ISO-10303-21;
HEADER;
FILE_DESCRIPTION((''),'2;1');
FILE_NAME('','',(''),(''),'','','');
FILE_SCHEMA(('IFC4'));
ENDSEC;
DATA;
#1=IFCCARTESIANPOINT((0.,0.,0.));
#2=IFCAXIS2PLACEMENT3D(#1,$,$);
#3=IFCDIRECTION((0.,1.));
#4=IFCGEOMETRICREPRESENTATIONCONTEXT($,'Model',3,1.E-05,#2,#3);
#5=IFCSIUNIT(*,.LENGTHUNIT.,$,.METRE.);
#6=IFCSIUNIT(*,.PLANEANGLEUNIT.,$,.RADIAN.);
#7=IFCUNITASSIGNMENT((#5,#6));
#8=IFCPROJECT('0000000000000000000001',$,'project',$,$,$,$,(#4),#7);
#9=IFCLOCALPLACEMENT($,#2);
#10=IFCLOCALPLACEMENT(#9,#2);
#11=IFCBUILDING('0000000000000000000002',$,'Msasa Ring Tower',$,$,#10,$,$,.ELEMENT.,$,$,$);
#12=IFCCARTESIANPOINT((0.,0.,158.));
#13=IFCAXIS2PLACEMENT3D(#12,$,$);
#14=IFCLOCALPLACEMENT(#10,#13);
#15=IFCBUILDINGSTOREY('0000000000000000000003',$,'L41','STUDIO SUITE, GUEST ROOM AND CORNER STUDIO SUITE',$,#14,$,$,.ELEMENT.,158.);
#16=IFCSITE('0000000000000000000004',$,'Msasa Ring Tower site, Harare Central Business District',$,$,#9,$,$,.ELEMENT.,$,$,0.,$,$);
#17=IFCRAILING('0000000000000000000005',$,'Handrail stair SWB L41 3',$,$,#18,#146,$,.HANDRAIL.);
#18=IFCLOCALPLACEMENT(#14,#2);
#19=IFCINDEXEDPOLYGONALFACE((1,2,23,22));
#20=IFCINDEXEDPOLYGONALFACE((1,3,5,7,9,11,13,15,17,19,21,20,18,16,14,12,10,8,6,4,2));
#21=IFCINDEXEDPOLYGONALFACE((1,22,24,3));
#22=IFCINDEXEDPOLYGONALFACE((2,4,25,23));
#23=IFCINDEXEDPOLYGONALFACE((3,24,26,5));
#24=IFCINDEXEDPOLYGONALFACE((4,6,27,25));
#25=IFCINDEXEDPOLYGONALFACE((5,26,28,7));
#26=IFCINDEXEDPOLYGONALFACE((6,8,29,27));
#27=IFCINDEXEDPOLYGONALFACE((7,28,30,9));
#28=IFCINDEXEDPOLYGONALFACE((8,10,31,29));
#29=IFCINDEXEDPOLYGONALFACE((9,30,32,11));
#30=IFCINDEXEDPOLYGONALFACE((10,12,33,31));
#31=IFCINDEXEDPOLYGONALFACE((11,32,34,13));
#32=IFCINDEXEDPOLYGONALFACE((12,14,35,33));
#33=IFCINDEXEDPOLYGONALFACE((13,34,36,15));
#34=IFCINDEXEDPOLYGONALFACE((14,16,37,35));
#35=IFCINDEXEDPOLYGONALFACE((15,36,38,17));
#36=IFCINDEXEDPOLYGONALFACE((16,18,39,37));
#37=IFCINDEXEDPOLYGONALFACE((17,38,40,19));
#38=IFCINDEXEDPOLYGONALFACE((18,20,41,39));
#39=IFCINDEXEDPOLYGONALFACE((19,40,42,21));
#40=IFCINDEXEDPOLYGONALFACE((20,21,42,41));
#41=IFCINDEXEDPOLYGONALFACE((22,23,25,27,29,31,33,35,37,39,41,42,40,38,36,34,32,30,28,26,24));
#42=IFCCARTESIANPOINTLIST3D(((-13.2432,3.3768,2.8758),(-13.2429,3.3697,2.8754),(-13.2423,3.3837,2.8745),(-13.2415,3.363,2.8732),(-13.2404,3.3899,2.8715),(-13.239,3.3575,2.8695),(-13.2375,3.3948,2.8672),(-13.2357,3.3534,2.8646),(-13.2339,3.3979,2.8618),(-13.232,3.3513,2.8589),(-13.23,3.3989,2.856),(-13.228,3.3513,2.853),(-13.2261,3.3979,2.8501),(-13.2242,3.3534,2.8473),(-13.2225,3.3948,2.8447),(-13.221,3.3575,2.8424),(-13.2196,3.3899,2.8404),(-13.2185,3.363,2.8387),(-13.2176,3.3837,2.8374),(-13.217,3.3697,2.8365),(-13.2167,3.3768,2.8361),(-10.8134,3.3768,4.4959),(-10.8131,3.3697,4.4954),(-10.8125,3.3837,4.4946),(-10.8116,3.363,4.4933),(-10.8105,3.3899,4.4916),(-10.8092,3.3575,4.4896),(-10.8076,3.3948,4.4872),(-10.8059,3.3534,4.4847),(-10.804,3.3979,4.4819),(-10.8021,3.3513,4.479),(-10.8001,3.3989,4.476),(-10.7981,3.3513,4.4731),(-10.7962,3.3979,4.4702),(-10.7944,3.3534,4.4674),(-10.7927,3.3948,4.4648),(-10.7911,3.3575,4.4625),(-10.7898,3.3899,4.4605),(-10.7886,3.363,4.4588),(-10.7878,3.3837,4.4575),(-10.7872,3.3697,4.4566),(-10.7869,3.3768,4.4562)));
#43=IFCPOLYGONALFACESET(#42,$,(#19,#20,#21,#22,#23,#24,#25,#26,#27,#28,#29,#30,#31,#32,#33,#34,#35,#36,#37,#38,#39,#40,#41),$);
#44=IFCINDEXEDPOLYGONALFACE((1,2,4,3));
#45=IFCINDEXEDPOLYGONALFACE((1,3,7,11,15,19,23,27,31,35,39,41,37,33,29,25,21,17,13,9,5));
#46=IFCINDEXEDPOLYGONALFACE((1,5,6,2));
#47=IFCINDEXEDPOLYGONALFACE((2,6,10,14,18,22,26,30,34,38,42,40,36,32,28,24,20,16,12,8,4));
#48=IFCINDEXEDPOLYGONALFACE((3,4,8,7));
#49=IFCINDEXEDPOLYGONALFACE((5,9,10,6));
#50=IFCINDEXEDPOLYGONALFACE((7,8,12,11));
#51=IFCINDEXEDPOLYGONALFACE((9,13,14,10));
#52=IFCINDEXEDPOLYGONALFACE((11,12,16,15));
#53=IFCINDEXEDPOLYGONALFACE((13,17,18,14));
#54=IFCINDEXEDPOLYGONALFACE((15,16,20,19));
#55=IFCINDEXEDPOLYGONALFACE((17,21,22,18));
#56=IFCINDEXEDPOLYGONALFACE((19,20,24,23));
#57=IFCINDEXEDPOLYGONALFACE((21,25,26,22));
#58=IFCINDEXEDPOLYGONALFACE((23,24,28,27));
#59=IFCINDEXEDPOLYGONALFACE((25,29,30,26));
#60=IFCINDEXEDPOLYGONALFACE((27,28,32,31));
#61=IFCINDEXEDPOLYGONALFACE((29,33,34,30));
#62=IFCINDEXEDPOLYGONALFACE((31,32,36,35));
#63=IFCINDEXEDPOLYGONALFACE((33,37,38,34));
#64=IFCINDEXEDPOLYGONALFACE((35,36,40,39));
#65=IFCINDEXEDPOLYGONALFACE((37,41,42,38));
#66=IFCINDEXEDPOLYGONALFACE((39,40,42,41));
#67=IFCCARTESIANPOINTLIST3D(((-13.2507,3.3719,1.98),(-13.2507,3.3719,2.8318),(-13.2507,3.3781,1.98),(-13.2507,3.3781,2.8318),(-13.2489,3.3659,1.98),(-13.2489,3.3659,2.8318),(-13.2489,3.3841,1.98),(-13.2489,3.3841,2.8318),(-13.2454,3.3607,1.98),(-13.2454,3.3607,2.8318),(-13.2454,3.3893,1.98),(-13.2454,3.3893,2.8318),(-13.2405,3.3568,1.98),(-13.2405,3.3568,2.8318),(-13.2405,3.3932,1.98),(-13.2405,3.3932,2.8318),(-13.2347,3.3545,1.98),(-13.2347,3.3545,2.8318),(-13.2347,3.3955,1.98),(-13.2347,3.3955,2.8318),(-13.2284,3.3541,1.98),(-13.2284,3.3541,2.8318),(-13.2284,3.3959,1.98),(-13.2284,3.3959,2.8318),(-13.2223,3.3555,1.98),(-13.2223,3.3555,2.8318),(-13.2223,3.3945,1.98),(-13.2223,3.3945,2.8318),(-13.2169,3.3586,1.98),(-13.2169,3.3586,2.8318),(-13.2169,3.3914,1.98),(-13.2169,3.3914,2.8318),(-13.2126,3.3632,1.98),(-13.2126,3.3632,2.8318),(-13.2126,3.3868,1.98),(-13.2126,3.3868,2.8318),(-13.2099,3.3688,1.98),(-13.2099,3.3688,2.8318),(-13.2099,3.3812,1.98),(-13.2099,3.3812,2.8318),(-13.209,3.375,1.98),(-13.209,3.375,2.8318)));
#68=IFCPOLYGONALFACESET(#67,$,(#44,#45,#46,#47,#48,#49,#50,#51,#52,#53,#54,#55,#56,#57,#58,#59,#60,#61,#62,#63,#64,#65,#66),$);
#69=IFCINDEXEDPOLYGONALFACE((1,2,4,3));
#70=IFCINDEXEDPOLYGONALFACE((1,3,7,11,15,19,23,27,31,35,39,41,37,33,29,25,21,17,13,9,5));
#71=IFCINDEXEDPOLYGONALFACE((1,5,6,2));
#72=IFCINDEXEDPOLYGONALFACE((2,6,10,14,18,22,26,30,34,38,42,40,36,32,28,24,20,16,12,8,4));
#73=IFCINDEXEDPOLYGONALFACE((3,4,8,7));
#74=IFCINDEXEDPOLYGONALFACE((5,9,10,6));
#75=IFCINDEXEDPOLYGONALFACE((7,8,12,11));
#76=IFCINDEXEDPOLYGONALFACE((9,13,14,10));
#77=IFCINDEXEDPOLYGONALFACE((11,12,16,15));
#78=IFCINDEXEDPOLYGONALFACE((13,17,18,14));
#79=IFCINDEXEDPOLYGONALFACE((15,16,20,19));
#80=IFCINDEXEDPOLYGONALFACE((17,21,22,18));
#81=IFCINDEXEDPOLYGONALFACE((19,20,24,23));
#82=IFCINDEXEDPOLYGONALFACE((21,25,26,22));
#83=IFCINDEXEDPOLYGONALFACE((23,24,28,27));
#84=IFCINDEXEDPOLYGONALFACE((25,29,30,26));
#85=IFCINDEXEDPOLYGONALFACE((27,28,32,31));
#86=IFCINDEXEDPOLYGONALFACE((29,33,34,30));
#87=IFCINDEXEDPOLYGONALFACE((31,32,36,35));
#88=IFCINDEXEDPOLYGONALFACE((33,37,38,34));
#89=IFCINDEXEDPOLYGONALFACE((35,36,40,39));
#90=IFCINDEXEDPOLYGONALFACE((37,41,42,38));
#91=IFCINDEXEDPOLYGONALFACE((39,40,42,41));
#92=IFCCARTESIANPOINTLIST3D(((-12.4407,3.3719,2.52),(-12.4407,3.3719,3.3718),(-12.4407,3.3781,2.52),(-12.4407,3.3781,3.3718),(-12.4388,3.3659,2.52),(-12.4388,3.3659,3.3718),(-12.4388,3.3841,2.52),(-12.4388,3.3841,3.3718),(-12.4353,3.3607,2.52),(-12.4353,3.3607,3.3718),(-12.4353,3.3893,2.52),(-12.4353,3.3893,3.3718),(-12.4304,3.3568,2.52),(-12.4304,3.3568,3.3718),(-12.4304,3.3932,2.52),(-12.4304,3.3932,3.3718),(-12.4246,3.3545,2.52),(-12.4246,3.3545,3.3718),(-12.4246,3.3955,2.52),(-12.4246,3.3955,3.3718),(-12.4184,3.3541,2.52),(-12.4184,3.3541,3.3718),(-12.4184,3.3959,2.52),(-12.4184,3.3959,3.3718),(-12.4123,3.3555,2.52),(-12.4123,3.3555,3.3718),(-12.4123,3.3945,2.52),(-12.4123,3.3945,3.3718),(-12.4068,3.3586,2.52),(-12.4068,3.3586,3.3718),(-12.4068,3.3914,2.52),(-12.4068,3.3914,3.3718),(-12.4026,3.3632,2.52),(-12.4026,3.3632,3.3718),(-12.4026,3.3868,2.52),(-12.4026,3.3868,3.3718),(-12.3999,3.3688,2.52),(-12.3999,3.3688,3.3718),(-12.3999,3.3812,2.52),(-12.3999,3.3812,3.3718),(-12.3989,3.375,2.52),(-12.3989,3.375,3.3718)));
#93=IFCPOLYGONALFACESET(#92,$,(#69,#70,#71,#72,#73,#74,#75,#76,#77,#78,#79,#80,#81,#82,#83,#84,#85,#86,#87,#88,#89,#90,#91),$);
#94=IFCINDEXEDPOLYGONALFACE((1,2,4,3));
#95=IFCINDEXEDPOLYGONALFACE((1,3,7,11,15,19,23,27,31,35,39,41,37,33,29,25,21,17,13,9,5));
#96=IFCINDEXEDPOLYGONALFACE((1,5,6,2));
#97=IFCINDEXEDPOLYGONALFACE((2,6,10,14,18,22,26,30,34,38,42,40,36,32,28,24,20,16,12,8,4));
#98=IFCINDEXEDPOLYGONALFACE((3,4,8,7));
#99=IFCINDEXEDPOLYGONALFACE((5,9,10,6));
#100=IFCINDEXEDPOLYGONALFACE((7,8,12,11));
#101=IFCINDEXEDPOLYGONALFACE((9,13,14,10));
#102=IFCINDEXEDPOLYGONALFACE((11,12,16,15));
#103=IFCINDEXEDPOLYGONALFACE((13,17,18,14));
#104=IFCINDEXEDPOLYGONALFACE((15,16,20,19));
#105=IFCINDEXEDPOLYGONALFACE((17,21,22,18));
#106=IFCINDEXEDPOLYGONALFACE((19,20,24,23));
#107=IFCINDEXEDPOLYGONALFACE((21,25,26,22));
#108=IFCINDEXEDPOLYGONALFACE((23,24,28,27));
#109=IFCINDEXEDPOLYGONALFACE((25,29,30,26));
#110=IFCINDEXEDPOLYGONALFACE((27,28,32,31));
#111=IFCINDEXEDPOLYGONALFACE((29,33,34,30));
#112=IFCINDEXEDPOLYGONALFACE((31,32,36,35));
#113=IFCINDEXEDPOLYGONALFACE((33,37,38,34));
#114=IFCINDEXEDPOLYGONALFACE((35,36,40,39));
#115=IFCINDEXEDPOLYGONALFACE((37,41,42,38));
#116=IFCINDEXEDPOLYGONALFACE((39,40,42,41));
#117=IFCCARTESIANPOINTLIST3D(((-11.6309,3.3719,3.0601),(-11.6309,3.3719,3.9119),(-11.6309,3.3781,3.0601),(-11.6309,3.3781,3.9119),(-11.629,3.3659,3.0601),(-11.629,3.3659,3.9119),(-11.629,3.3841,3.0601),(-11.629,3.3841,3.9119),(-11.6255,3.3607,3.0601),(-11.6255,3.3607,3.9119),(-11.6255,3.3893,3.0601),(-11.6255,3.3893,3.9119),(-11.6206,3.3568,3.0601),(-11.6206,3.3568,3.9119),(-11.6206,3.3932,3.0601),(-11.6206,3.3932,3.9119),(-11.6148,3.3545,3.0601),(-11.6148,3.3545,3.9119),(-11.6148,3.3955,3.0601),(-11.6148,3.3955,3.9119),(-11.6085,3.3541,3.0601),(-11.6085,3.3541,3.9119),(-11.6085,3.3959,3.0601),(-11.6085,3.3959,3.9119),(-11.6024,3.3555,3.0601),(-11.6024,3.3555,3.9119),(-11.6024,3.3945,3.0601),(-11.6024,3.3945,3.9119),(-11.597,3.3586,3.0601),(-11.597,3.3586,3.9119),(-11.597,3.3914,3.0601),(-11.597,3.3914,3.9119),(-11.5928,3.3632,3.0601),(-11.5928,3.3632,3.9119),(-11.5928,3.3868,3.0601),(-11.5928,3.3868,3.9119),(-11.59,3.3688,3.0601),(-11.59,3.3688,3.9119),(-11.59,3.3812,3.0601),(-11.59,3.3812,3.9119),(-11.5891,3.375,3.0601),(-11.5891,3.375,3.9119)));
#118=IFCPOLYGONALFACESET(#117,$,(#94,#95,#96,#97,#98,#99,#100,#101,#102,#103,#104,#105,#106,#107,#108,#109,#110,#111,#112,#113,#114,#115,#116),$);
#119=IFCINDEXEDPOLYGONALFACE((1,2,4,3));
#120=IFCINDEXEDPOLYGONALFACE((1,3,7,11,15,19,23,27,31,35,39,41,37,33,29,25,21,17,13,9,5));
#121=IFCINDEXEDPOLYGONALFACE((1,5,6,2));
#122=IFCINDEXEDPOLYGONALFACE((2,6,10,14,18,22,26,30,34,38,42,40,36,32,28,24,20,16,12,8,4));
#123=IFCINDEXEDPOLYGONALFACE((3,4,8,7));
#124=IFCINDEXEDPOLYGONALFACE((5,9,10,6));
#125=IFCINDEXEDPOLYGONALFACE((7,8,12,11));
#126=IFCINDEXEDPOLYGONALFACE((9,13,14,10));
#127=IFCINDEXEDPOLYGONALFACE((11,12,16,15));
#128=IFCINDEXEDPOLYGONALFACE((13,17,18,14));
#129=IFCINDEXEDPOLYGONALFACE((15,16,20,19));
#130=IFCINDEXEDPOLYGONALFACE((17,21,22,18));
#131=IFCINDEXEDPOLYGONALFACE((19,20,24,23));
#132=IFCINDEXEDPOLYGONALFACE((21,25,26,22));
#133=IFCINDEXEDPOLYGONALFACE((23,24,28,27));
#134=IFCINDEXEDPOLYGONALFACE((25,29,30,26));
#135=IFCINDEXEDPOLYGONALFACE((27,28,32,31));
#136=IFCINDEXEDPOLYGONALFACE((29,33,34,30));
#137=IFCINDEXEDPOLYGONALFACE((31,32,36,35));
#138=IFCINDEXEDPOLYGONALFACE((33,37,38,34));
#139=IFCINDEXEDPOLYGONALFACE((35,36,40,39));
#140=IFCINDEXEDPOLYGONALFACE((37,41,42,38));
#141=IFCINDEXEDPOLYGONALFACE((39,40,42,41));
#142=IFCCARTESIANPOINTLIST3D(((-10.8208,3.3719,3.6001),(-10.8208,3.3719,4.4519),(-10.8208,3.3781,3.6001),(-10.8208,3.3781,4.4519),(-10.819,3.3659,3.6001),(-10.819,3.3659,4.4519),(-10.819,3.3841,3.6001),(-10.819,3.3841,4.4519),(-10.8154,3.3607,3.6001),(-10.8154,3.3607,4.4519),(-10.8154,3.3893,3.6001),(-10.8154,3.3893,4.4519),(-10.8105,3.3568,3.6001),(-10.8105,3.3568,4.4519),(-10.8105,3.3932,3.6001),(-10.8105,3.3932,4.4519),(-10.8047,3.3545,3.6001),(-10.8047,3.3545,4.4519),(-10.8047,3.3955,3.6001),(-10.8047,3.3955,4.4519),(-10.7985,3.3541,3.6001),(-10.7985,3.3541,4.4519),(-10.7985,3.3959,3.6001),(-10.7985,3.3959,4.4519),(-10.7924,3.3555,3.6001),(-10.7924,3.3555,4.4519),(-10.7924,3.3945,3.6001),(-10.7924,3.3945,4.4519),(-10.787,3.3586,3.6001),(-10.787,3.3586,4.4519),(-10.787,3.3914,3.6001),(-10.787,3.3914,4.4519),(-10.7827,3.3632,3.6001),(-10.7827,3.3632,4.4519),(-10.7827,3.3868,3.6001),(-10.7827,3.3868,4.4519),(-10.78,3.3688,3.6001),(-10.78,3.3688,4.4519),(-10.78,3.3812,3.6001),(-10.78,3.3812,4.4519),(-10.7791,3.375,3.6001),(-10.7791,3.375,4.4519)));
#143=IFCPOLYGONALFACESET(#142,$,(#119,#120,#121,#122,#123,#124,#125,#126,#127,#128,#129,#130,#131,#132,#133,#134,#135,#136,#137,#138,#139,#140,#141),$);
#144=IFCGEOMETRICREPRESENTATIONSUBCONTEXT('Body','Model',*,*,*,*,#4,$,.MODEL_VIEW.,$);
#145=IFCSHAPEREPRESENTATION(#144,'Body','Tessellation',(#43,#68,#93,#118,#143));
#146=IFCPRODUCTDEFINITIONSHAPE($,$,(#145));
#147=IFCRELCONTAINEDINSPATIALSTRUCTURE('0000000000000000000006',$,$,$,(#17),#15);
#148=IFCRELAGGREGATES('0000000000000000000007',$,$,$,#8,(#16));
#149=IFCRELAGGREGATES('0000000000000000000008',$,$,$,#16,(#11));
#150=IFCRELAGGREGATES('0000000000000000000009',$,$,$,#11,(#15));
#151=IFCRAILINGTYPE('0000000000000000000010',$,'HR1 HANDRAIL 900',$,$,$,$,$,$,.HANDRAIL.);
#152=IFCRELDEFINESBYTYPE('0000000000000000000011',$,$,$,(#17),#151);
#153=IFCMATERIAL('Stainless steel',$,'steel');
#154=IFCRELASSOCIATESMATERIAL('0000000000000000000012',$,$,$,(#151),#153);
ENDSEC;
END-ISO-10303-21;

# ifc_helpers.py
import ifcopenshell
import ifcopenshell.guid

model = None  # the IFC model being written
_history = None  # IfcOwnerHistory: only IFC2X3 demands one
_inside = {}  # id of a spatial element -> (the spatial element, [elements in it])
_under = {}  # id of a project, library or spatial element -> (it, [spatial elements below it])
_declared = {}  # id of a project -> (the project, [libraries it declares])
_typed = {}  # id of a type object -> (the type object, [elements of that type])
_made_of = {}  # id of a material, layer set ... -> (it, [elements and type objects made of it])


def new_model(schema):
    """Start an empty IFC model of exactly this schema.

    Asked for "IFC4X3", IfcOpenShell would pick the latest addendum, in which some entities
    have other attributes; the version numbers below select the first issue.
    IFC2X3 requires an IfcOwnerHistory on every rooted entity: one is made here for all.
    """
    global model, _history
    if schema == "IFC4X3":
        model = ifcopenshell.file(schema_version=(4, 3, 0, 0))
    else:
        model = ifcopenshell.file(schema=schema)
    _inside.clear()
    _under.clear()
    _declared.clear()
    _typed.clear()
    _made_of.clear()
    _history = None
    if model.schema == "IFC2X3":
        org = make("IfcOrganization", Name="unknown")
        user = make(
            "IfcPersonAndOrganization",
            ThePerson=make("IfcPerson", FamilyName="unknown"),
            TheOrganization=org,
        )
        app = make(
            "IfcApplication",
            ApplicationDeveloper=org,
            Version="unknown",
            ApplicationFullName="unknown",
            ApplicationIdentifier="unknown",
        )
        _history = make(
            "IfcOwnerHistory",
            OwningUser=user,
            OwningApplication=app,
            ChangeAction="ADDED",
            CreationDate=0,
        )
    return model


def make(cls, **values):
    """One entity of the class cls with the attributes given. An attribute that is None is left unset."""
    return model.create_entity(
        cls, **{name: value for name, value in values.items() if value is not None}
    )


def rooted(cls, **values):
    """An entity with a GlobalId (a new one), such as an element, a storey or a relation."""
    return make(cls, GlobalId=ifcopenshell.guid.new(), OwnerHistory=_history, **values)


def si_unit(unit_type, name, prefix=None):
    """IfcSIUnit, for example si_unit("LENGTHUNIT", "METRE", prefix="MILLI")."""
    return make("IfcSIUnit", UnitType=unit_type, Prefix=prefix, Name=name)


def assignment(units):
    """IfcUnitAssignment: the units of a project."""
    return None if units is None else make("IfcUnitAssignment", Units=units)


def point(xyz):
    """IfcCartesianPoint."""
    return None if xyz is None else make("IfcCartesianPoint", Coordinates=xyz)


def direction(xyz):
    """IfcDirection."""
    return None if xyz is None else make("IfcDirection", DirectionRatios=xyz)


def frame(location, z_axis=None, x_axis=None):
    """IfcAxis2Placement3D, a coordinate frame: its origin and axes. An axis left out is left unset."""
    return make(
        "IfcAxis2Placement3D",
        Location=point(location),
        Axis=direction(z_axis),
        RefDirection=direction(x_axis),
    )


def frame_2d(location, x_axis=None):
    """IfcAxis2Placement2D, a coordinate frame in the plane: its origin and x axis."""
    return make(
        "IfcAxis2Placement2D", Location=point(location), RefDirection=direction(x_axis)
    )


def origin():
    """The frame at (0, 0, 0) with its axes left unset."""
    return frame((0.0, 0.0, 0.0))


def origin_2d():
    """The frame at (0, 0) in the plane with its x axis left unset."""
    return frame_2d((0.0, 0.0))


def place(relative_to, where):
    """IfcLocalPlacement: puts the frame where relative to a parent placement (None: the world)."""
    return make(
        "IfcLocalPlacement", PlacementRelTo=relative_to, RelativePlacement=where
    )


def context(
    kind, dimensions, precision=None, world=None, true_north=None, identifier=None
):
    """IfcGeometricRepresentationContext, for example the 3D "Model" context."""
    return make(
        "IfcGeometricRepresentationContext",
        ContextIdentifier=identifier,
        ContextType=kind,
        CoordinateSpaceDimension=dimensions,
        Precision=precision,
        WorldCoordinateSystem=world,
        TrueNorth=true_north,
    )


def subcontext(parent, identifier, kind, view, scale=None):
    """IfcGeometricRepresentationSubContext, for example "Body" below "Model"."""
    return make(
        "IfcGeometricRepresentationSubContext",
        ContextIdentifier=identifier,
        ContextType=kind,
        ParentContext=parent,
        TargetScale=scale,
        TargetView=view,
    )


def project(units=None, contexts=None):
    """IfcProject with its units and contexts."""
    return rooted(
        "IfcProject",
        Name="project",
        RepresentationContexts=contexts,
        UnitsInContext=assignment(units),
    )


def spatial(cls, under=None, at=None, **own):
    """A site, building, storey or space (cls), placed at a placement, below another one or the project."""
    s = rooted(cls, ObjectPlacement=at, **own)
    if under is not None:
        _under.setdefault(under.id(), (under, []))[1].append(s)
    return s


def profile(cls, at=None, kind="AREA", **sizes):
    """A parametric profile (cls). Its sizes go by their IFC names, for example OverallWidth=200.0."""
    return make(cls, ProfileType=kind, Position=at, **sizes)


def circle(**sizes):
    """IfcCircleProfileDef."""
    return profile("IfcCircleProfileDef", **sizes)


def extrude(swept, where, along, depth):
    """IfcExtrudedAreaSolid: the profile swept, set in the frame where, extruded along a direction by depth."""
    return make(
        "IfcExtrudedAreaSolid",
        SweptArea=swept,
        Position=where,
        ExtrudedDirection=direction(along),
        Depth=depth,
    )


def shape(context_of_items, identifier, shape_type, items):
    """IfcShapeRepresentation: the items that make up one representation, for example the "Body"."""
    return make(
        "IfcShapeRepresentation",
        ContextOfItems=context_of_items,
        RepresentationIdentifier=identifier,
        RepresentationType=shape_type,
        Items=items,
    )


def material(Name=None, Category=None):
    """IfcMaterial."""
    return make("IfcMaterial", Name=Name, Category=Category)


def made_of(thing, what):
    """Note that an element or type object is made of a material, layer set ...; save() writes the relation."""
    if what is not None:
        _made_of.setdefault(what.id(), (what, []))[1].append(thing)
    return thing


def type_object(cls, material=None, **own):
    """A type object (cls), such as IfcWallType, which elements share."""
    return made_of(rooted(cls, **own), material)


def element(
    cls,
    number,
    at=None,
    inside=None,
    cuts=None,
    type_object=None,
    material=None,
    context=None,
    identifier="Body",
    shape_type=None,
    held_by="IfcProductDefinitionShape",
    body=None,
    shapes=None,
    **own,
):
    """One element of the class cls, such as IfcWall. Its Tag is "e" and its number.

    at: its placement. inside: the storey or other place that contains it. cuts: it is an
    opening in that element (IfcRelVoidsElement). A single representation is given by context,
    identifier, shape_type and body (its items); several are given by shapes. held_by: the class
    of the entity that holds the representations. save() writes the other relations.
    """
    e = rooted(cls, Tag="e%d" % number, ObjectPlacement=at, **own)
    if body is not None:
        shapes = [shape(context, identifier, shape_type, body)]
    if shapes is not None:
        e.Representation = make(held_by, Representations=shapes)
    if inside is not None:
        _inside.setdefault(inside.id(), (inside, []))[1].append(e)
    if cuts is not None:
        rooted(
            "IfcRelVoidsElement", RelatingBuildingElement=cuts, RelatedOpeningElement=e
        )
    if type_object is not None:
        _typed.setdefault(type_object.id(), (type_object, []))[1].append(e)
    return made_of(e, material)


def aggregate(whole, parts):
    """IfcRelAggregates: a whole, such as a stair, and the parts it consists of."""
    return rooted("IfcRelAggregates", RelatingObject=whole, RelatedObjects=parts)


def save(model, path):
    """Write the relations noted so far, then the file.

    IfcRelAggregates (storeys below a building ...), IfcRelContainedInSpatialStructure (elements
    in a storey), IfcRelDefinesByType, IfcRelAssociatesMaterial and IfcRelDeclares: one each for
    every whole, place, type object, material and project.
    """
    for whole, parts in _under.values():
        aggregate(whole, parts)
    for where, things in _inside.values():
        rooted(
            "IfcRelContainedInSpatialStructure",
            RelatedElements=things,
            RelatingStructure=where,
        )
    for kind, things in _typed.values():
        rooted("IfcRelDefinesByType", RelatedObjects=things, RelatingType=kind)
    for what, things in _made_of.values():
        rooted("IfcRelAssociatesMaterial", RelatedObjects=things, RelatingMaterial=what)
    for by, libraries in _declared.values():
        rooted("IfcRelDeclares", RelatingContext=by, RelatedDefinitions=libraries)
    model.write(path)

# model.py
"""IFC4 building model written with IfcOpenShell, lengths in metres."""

from ifc_helpers import new_model, si_unit, direction, frame, origin, origin_2d, place, context, subcontext, project, spatial, circle, extrude, material, type_object, element, save


model = new_model("IFC4")

# Units and contexts
model_context = context("Model", 3, precision=1e-05, world=origin(), true_north=direction((0.0, 1.0)))
body_context = subcontext(model_context, "Body", "Model", "MODEL_VIEW")
ifc_project = project(units=[si_unit("LENGTHUNIT", "METRE"), si_unit("PLANEANGLEUNIT", "RADIAN")], contexts=[model_context])

# Site, building, storey
site_placement = place(None, origin())
site = spatial("IfcSite", under=ifc_project, at=site_placement, Name="Msasa Ring Tower site, Harare Central Business District", CompositionType="ELEMENT", RefElevation=0.0)
building_placement = place(site_placement, origin())
building = spatial("IfcBuilding", under=site, at=building_placement, Name="Msasa Ring Tower", CompositionType="ELEMENT")
storey_placement = place(building_placement, frame((0.0, 0.0, 158.0)))
storey = spatial("IfcBuildingStorey", under=building, at=storey_placement, Name="L41", Description="STUDIO SUITE, GUEST ROOM AND CORNER STUDIO SUITE", CompositionType="ELEMENT", Elevation=158.0)

# Railing
ifc_material_1 = material(Name="Stainless steel", Category="steel")
railing_type = type_object("IfcRailingType", Name="HR1 HANDRAIL 900", PredefinedType="HANDRAIL", material=ifc_material_1)
for number, where, name in (
    (1, (-13.23, 3.375, 1.98), "Handrail stair SWB L41 3"),
):
    element("IfcRailing", number, at=place(storey_placement, frame(where)), inside=storey, type_object=railing_type, Name=name, PredefinedType="HANDRAIL", context=body_context, shape_type="SweptSolid", body=[
        extrude(circle(Radius=0.0239, at=origin_2d()), frame((0.0, 0.0, 0.876), z_axis=(0.832025, 0.0, 0.554739), x_axis=(0.0, 1.0, 0.0)), (0.0, 0.0, 1.0), 2.9204),
        extrude(circle(Radius=0.021, at=origin_2d()), origin(), (0.0, 0.0, 1.0), 0.8518),
        extrude(circle(Radius=0.021, at=origin_2d()), frame((0.8101, 0.0, 0.54)), (0.0, 0.0, 1.0), 0.8518),
        extrude(circle(Radius=0.021, at=origin_2d()), frame((1.6199, 0.0, 1.0801)), (0.0, 0.0, 1.0), 0.8518),
        extrude(circle(Radius=0.021, at=origin_2d()), frame((2.4299, 0.0, 1.6201)), (0.0, 0.0, 1.0), 0.8518),
    ])

save(model, "model.ifc")
